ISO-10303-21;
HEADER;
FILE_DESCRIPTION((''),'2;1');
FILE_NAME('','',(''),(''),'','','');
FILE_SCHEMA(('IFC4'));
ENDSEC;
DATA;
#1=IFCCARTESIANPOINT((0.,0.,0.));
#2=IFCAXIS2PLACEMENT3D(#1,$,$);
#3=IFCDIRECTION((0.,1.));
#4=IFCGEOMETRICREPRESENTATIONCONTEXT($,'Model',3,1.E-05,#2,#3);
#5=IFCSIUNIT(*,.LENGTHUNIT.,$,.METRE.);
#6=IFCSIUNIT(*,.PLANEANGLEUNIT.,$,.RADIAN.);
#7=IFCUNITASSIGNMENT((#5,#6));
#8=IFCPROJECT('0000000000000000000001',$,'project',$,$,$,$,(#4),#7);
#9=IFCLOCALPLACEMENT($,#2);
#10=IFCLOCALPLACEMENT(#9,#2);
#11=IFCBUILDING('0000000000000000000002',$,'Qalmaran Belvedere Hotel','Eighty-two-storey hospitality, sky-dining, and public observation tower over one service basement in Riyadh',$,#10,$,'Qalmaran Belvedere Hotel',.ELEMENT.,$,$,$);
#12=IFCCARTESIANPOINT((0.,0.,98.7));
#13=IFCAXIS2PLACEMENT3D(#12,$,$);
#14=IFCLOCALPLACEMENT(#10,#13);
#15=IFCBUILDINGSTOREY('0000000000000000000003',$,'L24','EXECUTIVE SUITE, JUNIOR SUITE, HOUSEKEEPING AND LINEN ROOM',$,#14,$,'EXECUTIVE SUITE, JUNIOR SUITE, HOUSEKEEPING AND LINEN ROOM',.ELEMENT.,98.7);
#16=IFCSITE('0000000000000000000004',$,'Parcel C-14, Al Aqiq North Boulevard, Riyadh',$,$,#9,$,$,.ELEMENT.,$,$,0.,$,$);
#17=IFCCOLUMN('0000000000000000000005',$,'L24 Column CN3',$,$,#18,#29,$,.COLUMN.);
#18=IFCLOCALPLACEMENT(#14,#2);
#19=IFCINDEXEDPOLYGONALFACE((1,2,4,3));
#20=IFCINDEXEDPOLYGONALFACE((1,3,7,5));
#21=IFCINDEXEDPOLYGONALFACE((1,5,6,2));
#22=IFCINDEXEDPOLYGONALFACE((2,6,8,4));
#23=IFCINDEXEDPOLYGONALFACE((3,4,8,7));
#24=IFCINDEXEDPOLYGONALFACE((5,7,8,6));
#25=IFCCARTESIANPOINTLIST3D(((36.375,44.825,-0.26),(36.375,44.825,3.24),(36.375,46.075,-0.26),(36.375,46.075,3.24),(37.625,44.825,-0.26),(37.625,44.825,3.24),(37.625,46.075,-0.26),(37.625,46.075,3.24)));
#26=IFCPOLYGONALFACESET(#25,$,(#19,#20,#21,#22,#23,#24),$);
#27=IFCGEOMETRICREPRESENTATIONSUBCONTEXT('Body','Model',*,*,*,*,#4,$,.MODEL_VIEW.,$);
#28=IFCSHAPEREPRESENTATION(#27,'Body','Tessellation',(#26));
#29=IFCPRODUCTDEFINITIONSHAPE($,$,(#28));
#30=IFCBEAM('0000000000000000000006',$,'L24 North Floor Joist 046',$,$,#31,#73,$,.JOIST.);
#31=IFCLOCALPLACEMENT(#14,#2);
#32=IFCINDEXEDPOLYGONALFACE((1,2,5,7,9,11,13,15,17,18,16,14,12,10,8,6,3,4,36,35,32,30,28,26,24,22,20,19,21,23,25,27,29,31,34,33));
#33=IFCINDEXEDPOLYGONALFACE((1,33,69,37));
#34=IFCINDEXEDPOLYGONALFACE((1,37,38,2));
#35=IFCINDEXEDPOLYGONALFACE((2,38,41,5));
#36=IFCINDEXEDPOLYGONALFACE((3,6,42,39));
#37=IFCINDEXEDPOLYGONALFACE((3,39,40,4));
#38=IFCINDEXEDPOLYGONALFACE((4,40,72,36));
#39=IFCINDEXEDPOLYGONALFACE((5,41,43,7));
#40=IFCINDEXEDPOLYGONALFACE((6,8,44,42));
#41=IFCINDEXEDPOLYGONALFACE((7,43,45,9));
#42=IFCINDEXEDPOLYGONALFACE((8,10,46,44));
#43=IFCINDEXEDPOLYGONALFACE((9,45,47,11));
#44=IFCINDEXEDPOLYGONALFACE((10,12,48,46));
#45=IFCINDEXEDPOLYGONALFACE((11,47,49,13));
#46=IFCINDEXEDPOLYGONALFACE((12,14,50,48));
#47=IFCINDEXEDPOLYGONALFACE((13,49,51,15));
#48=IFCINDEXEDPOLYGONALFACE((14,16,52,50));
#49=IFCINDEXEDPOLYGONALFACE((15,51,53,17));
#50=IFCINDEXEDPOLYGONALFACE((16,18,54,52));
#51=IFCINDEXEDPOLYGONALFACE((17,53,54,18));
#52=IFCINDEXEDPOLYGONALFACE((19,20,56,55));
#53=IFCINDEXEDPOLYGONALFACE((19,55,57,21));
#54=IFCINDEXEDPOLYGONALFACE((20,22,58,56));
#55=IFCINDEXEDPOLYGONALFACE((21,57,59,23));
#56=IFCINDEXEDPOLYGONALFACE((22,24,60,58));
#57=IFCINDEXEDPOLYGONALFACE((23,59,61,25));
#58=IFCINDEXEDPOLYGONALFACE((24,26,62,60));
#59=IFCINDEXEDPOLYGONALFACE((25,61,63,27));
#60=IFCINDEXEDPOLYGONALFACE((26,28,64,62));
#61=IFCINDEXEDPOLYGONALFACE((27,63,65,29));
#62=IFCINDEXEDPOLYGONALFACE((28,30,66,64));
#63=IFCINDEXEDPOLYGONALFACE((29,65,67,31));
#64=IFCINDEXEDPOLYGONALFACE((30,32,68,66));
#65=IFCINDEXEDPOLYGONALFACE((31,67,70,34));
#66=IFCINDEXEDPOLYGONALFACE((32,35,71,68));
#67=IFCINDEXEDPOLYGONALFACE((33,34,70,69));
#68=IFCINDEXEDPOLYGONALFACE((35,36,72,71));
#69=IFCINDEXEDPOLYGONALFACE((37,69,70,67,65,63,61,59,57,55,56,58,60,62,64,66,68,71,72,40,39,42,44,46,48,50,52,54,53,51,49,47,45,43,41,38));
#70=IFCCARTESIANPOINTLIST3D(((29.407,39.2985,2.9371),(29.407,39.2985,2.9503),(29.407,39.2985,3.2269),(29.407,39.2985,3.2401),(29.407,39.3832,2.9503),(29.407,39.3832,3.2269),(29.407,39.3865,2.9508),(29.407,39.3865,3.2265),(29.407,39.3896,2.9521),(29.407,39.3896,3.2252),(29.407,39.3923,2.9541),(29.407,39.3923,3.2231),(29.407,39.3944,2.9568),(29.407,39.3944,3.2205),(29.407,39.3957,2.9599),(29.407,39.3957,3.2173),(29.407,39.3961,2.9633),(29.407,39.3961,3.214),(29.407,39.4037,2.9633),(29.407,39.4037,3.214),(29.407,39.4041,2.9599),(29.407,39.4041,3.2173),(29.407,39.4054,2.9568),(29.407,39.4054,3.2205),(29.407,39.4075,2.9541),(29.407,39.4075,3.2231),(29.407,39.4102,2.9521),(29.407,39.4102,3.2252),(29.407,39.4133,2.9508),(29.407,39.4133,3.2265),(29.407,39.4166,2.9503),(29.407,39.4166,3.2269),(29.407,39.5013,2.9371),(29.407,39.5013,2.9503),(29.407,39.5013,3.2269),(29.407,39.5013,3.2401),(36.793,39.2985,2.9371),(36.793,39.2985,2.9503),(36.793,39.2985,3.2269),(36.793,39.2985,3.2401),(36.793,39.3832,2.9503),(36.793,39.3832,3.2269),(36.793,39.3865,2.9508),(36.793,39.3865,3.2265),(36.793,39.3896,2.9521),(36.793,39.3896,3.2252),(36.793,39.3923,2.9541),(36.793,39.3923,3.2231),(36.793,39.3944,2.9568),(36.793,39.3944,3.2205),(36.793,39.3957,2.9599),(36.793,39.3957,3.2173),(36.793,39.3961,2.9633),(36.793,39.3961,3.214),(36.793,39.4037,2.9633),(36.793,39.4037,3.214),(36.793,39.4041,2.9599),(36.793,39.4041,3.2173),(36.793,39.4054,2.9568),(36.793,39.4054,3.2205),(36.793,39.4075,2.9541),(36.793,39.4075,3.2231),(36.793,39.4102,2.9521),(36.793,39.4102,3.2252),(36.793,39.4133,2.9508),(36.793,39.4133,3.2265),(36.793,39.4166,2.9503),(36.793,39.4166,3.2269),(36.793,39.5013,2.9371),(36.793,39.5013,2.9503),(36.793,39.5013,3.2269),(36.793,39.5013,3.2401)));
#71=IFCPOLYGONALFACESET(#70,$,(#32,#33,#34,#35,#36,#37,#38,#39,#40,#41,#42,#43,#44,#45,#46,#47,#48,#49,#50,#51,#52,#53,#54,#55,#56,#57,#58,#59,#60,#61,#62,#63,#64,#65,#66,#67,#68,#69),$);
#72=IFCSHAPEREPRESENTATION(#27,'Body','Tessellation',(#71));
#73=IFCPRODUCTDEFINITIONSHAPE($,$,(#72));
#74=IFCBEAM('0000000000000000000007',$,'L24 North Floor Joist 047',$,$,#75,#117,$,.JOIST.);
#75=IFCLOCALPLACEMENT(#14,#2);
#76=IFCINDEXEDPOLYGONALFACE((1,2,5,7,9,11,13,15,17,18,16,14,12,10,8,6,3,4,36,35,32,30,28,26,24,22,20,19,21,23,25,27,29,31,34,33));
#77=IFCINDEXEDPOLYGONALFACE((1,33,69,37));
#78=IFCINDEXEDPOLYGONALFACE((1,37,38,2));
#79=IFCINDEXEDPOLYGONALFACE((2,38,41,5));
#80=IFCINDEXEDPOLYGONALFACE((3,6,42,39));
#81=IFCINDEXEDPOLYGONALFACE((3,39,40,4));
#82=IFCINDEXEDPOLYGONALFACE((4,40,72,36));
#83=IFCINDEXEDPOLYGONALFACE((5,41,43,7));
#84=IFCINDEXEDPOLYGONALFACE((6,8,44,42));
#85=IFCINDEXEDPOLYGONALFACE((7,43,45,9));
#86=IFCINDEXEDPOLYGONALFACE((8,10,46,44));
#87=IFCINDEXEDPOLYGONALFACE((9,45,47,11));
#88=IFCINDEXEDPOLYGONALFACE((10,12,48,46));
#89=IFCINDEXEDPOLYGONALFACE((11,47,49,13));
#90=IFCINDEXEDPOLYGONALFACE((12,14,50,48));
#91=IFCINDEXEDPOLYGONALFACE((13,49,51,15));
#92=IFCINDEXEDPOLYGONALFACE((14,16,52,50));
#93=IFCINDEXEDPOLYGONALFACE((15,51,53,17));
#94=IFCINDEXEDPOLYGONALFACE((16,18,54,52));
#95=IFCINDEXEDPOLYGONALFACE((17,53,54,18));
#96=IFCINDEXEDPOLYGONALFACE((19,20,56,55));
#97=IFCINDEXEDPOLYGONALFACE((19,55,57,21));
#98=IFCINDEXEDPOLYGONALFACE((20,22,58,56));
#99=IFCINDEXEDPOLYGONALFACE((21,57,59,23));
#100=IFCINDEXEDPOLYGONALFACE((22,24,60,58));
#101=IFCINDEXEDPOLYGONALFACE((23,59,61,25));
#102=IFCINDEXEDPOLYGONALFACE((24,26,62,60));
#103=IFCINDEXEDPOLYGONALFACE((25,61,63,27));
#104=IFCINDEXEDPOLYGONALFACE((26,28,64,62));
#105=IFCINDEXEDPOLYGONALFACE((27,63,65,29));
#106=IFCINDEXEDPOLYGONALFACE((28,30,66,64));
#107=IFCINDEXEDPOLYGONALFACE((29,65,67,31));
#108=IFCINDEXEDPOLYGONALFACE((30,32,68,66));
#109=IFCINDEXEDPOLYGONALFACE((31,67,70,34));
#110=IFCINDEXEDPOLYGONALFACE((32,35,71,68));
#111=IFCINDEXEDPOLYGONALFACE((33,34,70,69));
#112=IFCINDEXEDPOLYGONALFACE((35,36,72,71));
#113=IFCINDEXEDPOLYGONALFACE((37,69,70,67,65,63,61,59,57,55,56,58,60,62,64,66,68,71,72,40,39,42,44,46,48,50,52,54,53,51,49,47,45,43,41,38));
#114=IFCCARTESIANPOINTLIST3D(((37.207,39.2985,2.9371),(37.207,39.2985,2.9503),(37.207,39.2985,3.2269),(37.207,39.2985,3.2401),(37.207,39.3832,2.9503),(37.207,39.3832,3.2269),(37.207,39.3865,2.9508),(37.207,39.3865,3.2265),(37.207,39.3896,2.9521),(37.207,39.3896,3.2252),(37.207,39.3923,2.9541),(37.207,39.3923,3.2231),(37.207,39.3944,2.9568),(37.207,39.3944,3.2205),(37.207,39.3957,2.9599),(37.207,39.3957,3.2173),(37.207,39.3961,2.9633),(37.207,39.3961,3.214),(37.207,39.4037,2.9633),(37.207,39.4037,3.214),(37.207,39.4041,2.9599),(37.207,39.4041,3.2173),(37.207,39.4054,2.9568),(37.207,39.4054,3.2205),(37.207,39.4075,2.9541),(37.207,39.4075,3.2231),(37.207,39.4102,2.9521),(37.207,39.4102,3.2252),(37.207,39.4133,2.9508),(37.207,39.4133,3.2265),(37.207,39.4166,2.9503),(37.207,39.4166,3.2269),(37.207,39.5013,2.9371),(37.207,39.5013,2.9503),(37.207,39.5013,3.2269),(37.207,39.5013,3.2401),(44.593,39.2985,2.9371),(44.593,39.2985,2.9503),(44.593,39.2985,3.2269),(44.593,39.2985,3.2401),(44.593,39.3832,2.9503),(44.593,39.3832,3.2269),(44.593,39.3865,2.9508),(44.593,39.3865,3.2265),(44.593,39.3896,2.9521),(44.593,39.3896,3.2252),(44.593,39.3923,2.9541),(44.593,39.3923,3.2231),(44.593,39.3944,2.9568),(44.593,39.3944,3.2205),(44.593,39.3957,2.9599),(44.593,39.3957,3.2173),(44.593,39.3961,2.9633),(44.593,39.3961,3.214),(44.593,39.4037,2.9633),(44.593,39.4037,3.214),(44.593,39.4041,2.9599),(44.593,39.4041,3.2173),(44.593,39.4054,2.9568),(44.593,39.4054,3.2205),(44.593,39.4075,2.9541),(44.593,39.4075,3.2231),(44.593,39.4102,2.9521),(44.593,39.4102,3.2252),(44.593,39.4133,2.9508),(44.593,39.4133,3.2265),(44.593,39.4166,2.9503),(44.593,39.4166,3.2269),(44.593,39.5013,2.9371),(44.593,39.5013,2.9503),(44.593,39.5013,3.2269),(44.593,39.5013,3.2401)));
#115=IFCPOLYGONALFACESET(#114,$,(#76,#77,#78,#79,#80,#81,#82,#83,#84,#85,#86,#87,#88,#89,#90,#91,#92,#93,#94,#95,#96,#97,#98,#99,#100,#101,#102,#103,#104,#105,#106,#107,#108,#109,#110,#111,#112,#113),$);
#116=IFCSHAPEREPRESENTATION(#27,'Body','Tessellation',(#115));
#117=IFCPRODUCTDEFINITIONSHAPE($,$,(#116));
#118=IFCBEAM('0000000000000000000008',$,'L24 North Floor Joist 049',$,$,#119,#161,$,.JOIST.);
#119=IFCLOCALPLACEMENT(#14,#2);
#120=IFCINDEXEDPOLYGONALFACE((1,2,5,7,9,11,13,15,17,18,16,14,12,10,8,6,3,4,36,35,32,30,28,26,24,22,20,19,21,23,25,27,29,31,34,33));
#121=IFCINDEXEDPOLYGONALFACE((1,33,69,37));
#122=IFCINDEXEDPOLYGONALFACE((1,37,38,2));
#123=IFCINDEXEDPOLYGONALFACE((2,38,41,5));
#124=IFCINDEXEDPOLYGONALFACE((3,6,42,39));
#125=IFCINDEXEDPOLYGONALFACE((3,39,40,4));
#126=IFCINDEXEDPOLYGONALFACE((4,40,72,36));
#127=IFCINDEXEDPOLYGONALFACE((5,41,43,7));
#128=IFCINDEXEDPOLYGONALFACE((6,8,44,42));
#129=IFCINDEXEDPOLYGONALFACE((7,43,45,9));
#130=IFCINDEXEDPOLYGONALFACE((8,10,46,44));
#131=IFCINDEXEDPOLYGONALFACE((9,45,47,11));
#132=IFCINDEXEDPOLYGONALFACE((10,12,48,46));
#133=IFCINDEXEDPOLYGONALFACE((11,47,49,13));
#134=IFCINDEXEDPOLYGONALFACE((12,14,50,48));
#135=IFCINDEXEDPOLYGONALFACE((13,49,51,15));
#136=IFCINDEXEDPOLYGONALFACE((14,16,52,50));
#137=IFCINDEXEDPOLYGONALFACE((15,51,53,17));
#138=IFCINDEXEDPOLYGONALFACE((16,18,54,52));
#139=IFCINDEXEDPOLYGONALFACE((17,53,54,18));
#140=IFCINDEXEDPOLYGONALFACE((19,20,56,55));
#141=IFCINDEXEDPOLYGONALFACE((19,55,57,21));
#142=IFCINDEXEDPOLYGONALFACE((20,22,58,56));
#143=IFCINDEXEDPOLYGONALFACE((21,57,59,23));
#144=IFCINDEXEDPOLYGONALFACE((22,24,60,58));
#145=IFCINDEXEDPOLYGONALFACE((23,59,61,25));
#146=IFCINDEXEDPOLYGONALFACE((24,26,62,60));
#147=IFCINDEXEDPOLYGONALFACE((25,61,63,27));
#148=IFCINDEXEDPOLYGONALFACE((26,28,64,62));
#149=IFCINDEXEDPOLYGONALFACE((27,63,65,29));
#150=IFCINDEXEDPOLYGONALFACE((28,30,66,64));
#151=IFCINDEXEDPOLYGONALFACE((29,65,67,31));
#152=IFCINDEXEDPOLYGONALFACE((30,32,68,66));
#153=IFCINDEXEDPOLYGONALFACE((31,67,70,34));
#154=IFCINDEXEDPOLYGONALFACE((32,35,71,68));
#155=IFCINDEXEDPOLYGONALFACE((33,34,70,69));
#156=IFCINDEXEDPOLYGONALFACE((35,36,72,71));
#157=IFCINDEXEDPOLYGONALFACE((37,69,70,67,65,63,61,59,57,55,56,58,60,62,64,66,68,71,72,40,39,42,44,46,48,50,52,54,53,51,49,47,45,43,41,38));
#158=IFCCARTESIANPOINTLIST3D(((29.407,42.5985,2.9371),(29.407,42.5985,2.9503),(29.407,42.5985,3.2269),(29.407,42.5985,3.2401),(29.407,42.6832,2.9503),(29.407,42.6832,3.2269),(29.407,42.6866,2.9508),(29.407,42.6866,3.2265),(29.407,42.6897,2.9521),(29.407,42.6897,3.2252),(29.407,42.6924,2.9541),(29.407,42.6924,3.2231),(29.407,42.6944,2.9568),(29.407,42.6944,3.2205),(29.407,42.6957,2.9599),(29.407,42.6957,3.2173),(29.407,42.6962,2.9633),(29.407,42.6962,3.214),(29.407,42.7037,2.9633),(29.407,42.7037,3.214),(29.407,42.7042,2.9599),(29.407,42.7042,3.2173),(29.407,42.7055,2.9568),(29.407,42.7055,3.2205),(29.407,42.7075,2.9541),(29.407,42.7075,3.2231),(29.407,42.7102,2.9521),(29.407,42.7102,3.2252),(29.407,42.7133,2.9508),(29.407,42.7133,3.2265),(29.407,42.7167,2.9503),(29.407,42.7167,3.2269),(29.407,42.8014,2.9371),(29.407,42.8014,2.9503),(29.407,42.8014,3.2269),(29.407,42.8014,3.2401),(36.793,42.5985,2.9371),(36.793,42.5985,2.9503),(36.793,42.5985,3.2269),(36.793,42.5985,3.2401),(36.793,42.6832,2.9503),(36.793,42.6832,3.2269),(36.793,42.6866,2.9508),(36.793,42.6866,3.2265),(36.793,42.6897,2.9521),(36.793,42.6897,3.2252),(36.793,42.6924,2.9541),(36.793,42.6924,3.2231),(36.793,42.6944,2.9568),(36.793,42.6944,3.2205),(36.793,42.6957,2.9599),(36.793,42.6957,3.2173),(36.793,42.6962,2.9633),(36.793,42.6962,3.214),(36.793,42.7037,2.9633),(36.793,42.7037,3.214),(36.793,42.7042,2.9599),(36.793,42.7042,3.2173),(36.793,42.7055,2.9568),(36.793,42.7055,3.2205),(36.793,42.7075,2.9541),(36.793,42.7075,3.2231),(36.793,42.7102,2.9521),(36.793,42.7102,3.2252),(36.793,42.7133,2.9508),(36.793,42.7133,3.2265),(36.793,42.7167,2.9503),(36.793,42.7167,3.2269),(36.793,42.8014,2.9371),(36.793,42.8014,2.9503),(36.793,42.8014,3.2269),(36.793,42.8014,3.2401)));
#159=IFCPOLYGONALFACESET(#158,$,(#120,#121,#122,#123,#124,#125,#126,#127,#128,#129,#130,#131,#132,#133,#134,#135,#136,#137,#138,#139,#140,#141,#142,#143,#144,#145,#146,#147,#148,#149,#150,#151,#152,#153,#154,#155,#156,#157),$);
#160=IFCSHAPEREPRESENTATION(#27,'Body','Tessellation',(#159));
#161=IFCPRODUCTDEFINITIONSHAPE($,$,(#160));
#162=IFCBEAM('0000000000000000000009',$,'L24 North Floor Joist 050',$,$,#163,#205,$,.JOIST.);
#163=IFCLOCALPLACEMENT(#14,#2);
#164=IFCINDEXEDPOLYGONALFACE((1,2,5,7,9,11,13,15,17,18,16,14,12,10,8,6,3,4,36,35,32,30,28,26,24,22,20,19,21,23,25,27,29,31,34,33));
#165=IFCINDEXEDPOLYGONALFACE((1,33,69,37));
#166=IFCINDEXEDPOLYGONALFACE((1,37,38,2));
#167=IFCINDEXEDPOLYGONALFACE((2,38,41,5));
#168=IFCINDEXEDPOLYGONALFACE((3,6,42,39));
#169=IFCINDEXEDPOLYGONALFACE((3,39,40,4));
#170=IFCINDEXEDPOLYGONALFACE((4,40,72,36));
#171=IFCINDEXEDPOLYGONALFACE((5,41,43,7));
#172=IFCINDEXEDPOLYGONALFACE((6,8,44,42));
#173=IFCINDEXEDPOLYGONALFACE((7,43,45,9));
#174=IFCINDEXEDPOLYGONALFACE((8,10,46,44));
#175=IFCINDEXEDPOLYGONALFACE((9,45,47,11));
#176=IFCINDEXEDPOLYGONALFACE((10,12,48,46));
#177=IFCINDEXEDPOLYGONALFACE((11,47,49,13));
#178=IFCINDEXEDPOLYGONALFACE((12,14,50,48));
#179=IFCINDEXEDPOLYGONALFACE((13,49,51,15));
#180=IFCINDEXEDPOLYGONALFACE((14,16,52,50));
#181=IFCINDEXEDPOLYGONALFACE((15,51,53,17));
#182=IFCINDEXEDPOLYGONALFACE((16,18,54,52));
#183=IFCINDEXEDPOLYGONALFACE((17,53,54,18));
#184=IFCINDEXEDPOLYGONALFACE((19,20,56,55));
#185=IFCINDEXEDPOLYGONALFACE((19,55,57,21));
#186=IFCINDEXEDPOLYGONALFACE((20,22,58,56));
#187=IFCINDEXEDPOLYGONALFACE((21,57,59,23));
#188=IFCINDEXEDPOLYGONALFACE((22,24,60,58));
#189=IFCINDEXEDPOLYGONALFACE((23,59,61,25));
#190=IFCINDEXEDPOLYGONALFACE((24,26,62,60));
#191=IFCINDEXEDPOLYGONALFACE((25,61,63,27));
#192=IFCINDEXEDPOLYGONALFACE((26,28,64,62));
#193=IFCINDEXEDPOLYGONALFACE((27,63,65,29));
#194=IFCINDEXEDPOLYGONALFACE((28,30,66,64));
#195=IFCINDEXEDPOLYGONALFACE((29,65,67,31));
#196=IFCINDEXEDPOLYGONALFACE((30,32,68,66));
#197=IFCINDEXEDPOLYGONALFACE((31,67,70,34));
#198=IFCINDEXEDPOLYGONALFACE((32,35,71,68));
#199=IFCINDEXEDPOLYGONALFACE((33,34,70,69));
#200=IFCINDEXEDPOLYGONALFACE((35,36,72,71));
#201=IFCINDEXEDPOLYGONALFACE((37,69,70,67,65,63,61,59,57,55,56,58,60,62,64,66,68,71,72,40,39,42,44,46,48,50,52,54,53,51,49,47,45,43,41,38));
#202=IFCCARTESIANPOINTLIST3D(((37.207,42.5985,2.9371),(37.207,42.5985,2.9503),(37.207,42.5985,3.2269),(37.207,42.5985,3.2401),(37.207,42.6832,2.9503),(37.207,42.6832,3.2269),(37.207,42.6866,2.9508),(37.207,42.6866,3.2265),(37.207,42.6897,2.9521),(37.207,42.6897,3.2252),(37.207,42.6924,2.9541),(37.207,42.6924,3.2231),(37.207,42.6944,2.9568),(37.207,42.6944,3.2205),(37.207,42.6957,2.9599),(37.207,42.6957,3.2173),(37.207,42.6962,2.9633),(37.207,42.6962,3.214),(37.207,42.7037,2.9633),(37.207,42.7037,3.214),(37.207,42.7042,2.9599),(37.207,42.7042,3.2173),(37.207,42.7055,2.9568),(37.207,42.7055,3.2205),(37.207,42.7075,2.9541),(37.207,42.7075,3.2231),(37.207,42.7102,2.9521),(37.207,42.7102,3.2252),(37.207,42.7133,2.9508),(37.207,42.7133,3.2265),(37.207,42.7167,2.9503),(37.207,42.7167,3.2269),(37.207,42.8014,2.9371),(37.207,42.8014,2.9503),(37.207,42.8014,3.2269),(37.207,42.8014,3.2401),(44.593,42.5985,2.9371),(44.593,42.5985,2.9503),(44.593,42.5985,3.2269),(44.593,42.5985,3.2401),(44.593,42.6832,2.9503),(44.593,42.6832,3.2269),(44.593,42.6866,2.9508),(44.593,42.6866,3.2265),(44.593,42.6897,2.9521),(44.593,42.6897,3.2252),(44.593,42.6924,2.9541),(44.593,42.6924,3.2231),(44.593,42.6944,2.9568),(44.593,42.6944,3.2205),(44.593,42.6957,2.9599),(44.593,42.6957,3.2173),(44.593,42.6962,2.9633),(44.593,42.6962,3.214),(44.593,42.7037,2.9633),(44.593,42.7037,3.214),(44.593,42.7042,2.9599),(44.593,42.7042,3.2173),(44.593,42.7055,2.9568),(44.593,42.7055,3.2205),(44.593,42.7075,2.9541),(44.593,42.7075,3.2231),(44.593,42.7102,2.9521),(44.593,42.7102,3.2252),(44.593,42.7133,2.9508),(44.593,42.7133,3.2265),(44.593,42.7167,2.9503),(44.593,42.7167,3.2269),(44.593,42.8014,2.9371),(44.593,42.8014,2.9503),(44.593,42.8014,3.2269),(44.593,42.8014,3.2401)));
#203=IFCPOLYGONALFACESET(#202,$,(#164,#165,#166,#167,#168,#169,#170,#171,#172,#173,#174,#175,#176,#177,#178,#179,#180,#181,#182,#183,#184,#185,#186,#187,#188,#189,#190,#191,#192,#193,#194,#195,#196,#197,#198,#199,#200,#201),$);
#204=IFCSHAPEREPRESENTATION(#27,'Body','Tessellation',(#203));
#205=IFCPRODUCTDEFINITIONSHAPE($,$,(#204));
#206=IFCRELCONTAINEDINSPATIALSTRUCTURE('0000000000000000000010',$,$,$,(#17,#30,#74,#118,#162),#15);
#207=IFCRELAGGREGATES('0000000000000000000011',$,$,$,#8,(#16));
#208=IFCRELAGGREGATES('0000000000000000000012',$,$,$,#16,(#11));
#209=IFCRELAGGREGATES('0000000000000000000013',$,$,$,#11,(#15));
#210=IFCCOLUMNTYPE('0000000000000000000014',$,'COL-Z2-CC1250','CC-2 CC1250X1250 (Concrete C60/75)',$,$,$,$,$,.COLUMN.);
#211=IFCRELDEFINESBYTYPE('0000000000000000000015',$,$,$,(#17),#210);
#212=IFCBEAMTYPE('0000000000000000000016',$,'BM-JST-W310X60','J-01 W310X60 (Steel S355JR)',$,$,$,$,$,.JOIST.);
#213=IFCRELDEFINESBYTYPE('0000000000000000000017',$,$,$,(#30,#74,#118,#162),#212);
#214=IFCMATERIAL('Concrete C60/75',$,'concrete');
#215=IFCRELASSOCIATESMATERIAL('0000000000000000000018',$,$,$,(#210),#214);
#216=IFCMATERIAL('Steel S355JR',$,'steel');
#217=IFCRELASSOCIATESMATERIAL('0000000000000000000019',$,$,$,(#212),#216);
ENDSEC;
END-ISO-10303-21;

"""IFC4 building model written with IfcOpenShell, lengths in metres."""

from ifc_helpers import new_model, si_unit, direction, frame, origin, origin_2d, place, context, subcontext, project, spatial, rectangle, i_section, extrude, material, material_profile, profile_set, type_object, element, save


model = new_model("IFC4")

# Units and contexts
model_context = context("Model", 3, precision=1e-05, world=origin(), true_north=direction((0.0, 1.0)))
body_context = subcontext(model_context, "Body", "Model", "MODEL_VIEW")
ifc_project = project(units=[si_unit("LENGTHUNIT", "METRE"), si_unit("PLANEANGLEUNIT", "RADIAN")], contexts=[model_context])

# Site, building, storey
site_placement = place(None, origin())
site = spatial("IfcSite", under=ifc_project, at=site_placement, Name="Parcel C-14, Al Aqiq North Boulevard, Riyadh", CompositionType="ELEMENT", RefElevation=0.0)
building_placement = place(site_placement, origin())
building = spatial("IfcBuilding", under=site, at=building_placement, Name="Qalmaran Belvedere Hotel", Description="Eighty-two-storey hospitality, sky-dining, and public observation tower over one service basement in Riyadh", LongName="Qalmaran Belvedere Hotel", CompositionType="ELEMENT")
storey_placement = place(building_placement, frame((0.0, 0.0, 98.7)))
storey = spatial("IfcBuildingStorey", under=building, at=storey_placement, Name="L24", Description="EXECUTIVE SUITE, JUNIOR SUITE, HOUSEKEEPING AND LINEN ROOM", LongName="EXECUTIVE SUITE, JUNIOR SUITE, HOUSEKEEPING AND LINEN ROOM", CompositionType="ELEMENT", Elevation=98.7)

# Column
ifc_material_1 = material(Name="Concrete C60/75", Category="concrete")
ifc_material_profile_1 = material_profile(ifc_material_1, rectangle(XDim=1.25, YDim=1.25, at=origin_2d()), Name="CC1250X1250")
ifc_profile_set_1 = profile_set([ifc_material_profile_1], Name="Concrete C60/75")
column_type = type_object("IfcColumnType", Name="COL-Z2-CC1250", Description="CC-2 CC1250X1250 (Concrete C60/75)", PredefinedType="COLUMN", material=ifc_profile_set_1)
column_placement = place(storey_placement, frame((37.0, 45.45, -0.26), z_axis=(0.0, 0.0, 1.0), x_axis=(1.0, 0.0, 0.0)))
element("IfcColumn", 1, at=column_placement, inside=storey, type_object=column_type, Name="L24 Column CN3", PredefinedType="COLUMN", context=body_context, shape_type="SweptSolid", body=[
    extrude(rectangle(XDim=1.25, YDim=1.25, at=origin_2d()), origin(), (0.0, 0.0, 1.0), 3.5),
])

# Beams
ifc_material_2 = material(Name="Steel S355JR", Category="steel")
ifc_material_profile_2 = material_profile(ifc_material_2, i_section(OverallWidth=0.2029, OverallDepth=0.303, WebThickness=0.0076, FlangeThickness=0.0132, FilletRadius=0.0129, at=origin_2d()), Name="W310X60")
ifc_profile_set_2 = profile_set([ifc_material_profile_2], Name="Steel S355JR")
beam_type_1 = type_object("IfcBeamType", Name="BM-JST-W310X60", Description="J-01 W310X60 (Steel S355JR)", PredefinedType="JOIST", material=ifc_profile_set_2)
for number, where, z_axis, x_axis, name in (
    (2, (29.407, 39.3999, 3.0886), (1.0, 0.0, 0.0), (0.0, 1.0, 0.0), "L24 North Floor Joist 046"),
    (3, (37.207, 39.3999, 3.0886), (1.0, 0.0, 0.0), (0.0, 1.0, 0.0), "L24 North Floor Joist 047"),
    (4, (29.407, 42.7, 3.0886), (1.0, 0.0, 0.0), (0.0, 1.0, 0.0), "L24 North Floor Joist 049"),
    (5, (37.207, 42.7, 3.0886), (1.0, 0.0, 0.0), (0.0, 1.0, 0.0), "L24 North Floor Joist 050"),
):
    element("IfcBeam", number, at=place(storey_placement, frame(where, z_axis=z_axis, x_axis=x_axis)), inside=storey, type_object=beam_type_1, Name=name, PredefinedType="JOIST", context=body_context, shape_type="SweptSolid", body=[
        extrude(i_section(OverallWidth=0.2029, OverallDepth=0.303, WebThickness=0.0076, FlangeThickness=0.0132, FilletRadius=0.0129, at=origin_2d()), origin(), (0.0, 0.0, 1.0), 7.386),
    ])

save(model, "model.ifc")
